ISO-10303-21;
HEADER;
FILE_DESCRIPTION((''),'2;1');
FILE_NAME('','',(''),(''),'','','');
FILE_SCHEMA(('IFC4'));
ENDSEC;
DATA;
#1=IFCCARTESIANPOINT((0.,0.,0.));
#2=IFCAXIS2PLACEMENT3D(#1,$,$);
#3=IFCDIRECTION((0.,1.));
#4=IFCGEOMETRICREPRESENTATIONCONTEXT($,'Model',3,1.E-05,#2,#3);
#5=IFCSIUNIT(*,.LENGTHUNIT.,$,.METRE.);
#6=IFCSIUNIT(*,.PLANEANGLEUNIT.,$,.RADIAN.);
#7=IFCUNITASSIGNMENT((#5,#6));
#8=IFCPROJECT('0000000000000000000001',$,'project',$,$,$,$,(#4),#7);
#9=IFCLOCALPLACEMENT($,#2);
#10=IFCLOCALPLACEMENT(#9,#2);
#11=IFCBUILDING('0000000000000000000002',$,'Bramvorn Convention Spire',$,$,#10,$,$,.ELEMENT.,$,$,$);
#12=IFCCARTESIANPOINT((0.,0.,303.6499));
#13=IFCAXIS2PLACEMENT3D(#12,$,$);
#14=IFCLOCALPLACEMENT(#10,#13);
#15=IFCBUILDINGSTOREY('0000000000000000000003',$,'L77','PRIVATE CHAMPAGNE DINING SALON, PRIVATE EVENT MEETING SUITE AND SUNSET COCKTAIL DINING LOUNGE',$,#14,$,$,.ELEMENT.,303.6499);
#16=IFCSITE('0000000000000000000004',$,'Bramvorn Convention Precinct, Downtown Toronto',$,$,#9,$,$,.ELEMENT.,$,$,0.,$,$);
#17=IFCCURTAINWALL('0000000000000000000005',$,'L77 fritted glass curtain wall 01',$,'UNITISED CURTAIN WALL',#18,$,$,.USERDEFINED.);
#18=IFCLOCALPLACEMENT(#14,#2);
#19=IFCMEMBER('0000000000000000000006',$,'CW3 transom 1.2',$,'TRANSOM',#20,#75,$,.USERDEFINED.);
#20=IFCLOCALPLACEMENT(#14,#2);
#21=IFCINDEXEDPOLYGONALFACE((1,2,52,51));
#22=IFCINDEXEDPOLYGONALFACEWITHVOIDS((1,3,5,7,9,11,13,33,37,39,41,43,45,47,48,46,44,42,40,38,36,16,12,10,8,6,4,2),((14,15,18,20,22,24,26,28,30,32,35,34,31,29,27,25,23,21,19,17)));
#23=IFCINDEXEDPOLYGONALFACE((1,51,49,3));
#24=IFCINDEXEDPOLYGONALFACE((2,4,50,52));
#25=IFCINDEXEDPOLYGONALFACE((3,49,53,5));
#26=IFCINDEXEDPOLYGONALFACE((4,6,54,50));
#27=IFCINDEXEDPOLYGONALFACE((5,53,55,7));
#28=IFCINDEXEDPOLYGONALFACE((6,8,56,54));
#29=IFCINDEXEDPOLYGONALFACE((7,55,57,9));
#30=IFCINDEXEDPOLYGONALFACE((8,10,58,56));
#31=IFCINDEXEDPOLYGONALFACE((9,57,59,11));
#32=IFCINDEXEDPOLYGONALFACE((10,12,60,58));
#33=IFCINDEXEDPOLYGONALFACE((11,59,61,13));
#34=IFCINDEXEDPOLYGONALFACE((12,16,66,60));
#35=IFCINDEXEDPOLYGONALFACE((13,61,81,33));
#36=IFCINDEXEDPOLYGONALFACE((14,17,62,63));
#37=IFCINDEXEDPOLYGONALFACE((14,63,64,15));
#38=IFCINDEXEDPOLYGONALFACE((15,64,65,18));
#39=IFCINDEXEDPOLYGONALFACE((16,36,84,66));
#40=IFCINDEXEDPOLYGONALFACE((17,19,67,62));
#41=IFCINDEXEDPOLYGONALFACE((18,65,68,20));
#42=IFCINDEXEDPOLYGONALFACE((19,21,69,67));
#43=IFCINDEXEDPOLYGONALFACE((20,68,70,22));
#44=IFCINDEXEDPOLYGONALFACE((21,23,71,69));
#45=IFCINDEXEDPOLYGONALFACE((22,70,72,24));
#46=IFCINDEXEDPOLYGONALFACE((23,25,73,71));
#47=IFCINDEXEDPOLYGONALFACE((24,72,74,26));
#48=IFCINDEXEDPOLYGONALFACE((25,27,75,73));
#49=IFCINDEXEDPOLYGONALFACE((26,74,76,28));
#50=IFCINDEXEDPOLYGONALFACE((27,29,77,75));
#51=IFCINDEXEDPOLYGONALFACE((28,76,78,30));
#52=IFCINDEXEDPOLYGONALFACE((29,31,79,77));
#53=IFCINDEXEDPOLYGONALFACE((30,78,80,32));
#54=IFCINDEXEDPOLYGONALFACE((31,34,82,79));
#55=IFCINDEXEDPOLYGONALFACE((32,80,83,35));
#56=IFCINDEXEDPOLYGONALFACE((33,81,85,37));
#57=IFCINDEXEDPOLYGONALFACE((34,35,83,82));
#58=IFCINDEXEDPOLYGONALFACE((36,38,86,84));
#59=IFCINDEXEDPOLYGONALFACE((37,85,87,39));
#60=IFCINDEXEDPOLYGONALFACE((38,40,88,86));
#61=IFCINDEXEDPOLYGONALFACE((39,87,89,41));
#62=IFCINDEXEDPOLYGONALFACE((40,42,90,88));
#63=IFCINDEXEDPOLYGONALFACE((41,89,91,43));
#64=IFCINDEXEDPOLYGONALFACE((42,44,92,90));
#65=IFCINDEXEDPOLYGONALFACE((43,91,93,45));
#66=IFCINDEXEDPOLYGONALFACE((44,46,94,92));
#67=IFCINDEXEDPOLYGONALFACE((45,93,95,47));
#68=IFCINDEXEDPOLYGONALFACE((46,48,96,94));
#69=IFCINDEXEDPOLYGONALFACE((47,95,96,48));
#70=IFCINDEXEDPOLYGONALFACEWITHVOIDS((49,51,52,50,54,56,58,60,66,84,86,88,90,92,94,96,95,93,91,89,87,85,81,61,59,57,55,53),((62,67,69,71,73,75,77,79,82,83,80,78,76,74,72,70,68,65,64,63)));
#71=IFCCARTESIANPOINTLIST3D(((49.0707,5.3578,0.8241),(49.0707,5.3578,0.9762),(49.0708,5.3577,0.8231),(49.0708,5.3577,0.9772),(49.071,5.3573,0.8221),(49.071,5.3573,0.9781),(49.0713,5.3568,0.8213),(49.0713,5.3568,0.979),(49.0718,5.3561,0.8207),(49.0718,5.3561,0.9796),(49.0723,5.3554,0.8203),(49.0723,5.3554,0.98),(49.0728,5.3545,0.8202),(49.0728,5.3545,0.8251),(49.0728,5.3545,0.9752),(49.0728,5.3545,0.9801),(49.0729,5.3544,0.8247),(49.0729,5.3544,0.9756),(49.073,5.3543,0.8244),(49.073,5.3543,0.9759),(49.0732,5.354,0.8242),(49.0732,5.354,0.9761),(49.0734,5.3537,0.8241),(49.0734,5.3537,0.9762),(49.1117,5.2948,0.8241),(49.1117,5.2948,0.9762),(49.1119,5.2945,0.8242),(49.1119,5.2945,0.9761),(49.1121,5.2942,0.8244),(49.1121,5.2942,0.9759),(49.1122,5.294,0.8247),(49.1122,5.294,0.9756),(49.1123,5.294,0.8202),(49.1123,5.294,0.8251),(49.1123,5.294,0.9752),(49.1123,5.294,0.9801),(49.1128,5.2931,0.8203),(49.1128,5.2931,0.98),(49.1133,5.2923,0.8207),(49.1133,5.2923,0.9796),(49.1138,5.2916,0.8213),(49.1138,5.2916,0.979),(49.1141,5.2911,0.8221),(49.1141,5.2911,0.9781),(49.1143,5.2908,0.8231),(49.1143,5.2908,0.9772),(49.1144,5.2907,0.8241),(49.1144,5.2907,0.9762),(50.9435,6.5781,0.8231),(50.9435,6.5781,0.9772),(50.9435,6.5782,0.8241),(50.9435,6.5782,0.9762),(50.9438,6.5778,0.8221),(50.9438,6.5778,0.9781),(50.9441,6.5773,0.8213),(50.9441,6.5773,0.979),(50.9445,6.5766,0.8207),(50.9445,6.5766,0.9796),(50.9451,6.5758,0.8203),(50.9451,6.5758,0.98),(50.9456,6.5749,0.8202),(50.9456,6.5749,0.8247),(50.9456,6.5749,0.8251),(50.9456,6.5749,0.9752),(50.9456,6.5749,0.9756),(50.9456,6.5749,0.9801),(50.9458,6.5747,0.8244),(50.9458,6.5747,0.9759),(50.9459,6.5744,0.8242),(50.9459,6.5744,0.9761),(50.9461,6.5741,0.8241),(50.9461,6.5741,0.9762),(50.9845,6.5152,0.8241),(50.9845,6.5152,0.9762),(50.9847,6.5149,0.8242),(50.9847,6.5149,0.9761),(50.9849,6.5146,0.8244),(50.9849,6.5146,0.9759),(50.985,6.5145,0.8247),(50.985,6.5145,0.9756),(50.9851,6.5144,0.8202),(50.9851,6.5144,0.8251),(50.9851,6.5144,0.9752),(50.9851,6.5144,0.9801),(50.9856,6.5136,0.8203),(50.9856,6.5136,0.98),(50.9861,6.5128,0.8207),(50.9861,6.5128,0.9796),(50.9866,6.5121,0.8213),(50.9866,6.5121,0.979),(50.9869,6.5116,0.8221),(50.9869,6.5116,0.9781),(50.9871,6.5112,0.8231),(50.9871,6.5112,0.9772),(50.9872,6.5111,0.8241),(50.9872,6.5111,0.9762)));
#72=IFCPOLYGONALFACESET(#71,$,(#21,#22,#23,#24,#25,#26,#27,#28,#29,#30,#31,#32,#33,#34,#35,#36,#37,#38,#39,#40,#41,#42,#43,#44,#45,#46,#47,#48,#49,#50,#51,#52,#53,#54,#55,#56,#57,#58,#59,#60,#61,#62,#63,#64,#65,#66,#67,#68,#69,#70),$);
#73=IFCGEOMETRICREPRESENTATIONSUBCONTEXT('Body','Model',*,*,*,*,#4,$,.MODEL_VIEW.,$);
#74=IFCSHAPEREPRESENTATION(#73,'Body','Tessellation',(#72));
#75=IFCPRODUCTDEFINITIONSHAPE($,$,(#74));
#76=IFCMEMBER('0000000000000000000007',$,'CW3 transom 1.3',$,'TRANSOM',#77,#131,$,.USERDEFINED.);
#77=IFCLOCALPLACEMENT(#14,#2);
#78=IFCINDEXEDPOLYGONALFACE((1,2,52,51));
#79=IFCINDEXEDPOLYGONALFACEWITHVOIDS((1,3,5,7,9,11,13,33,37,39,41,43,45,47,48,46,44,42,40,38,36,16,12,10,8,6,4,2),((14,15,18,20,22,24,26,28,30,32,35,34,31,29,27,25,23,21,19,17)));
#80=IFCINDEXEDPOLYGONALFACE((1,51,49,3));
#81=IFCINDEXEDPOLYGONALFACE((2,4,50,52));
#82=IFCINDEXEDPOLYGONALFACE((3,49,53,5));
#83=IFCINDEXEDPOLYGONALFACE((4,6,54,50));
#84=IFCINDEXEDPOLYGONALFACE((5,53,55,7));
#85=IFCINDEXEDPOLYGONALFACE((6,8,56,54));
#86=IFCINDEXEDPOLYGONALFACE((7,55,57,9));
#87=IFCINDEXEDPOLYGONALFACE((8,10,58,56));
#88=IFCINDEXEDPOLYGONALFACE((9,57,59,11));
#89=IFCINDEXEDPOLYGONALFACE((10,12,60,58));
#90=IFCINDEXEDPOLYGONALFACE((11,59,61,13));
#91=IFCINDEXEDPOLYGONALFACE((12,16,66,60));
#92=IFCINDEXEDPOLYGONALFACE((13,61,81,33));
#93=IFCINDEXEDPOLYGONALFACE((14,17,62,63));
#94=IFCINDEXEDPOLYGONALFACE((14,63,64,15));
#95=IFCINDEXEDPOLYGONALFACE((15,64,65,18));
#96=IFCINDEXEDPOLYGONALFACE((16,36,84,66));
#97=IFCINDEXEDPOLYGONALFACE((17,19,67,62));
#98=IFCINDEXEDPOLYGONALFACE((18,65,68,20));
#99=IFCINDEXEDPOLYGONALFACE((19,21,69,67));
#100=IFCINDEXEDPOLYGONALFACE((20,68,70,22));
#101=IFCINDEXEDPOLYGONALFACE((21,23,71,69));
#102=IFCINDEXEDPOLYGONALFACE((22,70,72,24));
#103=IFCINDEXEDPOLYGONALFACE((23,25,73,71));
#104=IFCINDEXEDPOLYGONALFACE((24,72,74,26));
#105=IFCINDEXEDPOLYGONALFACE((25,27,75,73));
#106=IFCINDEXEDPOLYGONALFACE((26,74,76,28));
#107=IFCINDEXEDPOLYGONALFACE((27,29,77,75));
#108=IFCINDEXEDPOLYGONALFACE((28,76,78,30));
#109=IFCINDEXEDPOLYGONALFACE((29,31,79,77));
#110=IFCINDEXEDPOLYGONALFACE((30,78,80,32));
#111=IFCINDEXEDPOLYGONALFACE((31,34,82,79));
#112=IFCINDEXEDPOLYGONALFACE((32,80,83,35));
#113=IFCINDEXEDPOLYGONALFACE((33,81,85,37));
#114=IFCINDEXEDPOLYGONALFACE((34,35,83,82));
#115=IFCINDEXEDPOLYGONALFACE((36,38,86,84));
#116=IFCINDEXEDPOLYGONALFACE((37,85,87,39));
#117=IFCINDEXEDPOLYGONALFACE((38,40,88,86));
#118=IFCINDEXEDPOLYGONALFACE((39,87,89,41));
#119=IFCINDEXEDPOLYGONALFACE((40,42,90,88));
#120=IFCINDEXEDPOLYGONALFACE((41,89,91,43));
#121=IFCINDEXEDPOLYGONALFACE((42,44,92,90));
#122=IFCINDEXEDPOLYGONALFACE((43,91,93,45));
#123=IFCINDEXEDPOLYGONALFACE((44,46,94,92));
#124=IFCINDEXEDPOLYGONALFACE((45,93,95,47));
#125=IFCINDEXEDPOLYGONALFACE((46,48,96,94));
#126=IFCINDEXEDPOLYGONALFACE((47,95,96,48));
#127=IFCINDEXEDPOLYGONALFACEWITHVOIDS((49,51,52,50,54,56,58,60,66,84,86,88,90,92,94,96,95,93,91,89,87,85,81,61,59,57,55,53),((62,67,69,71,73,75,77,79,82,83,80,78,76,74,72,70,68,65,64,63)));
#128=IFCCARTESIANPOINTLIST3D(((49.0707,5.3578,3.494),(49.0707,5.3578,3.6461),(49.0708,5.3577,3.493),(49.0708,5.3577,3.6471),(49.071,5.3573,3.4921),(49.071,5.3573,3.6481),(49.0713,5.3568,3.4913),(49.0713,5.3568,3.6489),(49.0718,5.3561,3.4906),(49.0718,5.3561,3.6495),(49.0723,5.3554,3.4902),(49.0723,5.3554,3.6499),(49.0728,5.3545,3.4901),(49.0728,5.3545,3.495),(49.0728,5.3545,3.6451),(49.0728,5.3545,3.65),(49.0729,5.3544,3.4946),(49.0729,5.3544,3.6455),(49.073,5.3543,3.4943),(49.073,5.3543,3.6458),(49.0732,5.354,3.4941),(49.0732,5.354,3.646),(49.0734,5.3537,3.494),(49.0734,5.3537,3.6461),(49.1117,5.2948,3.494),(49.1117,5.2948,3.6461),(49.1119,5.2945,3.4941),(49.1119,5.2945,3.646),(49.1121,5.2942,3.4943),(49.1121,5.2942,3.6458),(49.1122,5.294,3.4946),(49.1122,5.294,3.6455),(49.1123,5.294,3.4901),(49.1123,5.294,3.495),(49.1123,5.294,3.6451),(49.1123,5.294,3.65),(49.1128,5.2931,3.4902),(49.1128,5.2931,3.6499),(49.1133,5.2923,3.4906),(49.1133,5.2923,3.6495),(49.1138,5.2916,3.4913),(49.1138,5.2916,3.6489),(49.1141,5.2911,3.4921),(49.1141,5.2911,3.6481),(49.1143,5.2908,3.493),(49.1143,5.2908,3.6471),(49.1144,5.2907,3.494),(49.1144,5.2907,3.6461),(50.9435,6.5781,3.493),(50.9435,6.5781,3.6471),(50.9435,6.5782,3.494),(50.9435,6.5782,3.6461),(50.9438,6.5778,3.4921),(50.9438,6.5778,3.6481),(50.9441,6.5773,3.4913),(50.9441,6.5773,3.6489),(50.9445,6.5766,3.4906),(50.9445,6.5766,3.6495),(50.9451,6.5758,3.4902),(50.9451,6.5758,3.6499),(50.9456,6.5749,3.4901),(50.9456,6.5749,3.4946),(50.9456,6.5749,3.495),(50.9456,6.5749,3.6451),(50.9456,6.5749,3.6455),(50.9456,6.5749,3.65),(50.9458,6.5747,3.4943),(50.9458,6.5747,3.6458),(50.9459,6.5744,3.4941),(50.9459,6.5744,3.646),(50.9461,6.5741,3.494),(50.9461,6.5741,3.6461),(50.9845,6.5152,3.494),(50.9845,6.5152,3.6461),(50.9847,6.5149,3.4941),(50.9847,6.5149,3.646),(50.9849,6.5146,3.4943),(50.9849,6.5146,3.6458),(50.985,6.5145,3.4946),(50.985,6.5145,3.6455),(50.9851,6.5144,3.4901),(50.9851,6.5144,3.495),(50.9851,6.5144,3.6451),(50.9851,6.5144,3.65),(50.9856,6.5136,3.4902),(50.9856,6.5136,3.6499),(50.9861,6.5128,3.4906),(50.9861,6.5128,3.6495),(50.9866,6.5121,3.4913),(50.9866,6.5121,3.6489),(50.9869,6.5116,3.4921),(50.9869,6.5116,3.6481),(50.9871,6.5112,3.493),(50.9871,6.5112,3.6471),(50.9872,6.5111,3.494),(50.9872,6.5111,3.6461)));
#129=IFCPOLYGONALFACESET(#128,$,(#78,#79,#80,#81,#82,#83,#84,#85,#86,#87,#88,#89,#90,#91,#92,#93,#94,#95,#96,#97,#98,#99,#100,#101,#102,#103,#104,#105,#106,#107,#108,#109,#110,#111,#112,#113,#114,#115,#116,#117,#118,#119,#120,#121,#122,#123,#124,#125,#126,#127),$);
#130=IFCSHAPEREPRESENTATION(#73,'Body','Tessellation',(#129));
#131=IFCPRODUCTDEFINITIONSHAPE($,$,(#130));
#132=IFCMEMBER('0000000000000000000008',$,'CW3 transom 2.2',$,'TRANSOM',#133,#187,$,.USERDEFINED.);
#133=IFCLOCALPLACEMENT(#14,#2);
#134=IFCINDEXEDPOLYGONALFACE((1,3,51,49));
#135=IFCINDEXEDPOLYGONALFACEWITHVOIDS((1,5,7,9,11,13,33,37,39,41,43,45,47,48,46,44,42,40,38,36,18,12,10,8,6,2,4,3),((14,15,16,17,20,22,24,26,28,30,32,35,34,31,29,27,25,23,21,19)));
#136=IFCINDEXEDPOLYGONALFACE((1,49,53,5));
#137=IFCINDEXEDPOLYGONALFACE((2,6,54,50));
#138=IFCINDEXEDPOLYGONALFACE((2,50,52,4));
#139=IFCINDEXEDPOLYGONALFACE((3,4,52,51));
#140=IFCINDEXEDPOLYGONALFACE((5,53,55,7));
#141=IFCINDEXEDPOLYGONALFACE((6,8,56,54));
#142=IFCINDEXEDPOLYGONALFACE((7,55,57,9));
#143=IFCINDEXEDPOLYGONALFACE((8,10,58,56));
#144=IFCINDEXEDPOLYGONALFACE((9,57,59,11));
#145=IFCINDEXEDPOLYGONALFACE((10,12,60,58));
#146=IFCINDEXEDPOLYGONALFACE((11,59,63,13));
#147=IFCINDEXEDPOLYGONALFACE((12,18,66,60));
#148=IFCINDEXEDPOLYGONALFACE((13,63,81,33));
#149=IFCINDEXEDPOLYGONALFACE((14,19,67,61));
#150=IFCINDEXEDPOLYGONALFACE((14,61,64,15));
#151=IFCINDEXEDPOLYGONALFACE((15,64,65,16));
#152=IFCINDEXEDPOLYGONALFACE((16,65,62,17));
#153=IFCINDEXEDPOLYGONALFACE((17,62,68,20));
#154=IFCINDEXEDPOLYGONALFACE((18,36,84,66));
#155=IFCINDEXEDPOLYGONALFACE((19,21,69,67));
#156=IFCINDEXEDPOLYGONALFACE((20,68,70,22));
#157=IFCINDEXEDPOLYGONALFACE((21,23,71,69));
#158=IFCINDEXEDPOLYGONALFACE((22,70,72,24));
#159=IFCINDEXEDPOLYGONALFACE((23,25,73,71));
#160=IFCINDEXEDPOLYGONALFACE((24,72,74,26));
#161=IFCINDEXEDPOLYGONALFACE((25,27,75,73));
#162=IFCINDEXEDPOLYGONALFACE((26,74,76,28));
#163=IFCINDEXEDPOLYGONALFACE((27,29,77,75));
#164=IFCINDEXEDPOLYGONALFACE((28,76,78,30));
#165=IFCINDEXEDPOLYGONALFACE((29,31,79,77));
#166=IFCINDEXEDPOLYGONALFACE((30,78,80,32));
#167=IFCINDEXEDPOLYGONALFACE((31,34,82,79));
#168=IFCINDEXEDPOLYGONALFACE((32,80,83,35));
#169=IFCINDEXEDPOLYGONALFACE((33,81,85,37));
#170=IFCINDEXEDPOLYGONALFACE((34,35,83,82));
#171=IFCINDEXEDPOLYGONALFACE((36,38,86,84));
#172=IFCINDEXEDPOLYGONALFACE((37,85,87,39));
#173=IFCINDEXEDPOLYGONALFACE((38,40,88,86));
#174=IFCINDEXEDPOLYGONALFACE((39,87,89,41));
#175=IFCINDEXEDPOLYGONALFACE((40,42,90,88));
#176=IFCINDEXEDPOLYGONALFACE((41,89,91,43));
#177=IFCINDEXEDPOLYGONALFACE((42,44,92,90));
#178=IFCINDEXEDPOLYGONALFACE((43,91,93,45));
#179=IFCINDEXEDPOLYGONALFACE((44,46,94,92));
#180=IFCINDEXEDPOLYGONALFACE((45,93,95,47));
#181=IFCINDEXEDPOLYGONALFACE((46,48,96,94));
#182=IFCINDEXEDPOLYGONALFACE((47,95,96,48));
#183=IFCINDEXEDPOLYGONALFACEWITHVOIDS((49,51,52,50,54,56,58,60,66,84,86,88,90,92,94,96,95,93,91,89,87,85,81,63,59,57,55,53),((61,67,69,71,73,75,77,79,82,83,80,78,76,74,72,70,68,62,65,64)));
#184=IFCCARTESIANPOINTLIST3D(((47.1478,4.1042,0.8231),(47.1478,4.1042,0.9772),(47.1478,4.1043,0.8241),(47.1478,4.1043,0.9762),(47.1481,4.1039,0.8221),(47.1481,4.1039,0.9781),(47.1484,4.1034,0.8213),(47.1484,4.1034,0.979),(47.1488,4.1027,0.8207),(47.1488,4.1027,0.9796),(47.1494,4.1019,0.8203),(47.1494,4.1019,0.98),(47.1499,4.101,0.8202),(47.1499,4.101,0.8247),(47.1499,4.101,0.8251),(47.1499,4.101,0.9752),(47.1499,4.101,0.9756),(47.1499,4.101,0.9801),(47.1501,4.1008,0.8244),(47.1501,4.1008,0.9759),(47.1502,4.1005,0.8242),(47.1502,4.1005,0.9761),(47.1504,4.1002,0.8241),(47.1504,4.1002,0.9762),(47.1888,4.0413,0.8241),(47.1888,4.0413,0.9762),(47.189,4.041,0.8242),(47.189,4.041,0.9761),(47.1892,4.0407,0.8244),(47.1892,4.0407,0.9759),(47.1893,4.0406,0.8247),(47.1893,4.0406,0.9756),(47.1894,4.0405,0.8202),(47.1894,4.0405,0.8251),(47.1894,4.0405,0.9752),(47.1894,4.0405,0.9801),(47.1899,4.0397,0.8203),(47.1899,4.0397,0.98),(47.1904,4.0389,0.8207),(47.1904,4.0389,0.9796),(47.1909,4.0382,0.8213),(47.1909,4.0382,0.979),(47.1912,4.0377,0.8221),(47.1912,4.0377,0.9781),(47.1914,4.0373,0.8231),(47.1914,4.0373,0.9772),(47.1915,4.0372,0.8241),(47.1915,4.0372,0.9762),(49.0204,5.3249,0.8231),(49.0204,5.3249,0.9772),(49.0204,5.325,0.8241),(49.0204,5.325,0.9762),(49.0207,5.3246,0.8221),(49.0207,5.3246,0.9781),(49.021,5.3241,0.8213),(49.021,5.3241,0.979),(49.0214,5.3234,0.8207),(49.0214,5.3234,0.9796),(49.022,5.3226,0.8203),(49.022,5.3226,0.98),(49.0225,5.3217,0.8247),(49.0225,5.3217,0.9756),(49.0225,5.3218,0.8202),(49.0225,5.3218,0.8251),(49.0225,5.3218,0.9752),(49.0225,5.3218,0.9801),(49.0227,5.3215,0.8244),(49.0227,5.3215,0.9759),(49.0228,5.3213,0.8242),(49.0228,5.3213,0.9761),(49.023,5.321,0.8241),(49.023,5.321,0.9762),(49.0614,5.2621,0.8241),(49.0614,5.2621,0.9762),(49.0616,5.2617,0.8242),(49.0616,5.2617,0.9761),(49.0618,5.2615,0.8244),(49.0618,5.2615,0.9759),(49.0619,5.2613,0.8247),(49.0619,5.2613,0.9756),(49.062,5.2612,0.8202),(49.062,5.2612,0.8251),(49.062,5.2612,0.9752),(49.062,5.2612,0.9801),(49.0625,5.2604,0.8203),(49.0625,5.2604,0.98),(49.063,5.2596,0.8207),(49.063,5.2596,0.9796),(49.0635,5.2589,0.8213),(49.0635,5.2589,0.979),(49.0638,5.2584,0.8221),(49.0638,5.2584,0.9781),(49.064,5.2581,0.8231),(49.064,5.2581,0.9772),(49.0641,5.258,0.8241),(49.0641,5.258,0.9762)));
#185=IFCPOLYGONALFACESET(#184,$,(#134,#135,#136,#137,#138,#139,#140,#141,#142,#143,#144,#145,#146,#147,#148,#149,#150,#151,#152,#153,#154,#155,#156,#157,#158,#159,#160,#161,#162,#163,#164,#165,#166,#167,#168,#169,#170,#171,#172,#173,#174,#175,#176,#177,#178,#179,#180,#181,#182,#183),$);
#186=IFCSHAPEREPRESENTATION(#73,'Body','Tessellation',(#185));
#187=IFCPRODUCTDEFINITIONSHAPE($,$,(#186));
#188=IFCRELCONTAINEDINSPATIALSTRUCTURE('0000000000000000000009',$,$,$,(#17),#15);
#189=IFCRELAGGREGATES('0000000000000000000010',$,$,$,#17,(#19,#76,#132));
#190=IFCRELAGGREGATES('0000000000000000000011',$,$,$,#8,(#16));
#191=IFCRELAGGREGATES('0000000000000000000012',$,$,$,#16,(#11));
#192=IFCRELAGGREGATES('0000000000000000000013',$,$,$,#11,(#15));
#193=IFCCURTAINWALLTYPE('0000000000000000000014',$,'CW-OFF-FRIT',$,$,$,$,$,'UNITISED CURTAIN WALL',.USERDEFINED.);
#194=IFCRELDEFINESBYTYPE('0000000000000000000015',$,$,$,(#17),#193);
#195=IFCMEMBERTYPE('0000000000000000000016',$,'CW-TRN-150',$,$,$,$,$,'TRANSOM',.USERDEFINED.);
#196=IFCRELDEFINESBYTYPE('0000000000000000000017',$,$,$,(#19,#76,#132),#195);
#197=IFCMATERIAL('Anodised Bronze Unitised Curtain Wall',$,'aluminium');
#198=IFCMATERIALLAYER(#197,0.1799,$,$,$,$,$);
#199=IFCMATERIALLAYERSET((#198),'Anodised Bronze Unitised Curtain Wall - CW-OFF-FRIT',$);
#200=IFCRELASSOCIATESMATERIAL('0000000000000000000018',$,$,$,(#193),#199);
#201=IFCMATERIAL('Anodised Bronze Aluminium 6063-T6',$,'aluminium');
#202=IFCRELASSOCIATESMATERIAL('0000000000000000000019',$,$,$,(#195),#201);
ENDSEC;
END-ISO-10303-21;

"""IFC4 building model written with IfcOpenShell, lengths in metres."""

from ifc_helpers import new_model, si_unit, direction, frame, origin, origin_2d, place, context, subcontext, project, spatial, hollow_rectangle, extrude, material, layer, layer_set, material_profile, profile_set, type_object, element, aggregate, save


model = new_model("IFC4")

# Units and contexts
model_context = context("Model", 3, precision=1e-05, world=origin(), true_north=direction((0.0, 1.0)))
body_context = subcontext(model_context, "Body", "Model", "MODEL_VIEW")
ifc_project = project(units=[si_unit("LENGTHUNIT", "METRE"), si_unit("PLANEANGLEUNIT", "RADIAN")], contexts=[model_context])

# Site, building, storey
site_placement = place(None, origin())
site = spatial("IfcSite", under=ifc_project, at=site_placement, Name="Bramvorn Convention Precinct, Downtown Toronto", CompositionType="ELEMENT", RefElevation=0.0)
building_placement = place(site_placement, origin())
building = spatial("IfcBuilding", under=site, at=building_placement, Name="Bramvorn Convention Spire", CompositionType="ELEMENT")
storey_placement = place(building_placement, frame((0.0, 0.0, 303.6499)))
storey = spatial("IfcBuildingStorey", under=building, at=storey_placement, Name="L77", Description="PRIVATE CHAMPAGNE DINING SALON, PRIVATE EVENT MEETING SUITE AND SUNSET COCKTAIL DINING LOUNGE", CompositionType="ELEMENT", Elevation=303.6499)

# Curtain wall, members
ifc_material_1 = material(Name="Anodised Bronze Unitised Curtain Wall", Category="aluminium")
ifc_layer_1 = layer(ifc_material_1, 0.1799)
ifc_layer_set_1 = layer_set([ifc_layer_1], Name="Anodised Bronze Unitised Curtain Wall - CW-OFF-FRIT")
curtain_wall_type = type_object("IfcCurtainWallType", Name="CW-OFF-FRIT", ElementType="UNITISED CURTAIN WALL", PredefinedType="USERDEFINED", material=ifc_layer_set_1)
curtain_wall_placement = place(storey_placement, origin())
curtain_wall = element("IfcCurtainWall", 1, at=curtain_wall_placement, inside=storey, type_object=curtain_wall_type, Name="L77 fritted glass curtain wall 01", ObjectType="UNITISED CURTAIN WALL", PredefinedType="USERDEFINED")
ifc_material_2 = material(Name="Anodised Bronze Aluminium 6063-T6", Category="aluminium")
ifc_material_profile_1 = material_profile(ifc_material_2, hollow_rectangle(XDim=0.0801, YDim=0.1599, WallThickness=0.0039, InnerFilletRadius=0.001, OuterFilletRadius=0.0039, at=origin_2d()))
ifc_profile_set_1 = profile_set([ifc_material_profile_1], Name="Anodised Bronze Aluminium 6063-T6 - CWT80X160")
member_type_1 = type_object("IfcMemberType", Name="CW-TRN-150", ElementType="TRANSOM", PredefinedType="USERDEFINED", material=ifc_profile_set_1)
member_1_placement = place(storey_placement, frame((50.9653, 6.5447, 0.9001), z_axis=(-0.837802, -0.545975, 0.0), x_axis=(0.545975, -0.837802, 0.0)))
member_1 = element("IfcMember", 2, at=member_1_placement, type_object=member_type_1, Name="CW3 transom 1.2", ObjectType="TRANSOM", PredefinedType="USERDEFINED", context=body_context, shape_type="SweptSolid", body=[
    extrude(hollow_rectangle(XDim=0.0801, YDim=0.1599, WallThickness=0.0039, InnerFilletRadius=0.001, OuterFilletRadius=0.0039, at=origin_2d()), origin(), (0.0, 0.0, 1.0), 2.2354),
])
member_2_placement = place(storey_placement, frame((50.9653, 6.5447, 3.5701), z_axis=(-0.837802, -0.545975, 0.0), x_axis=(0.545975, -0.837802, 0.0)))
member_2 = element("IfcMember", 3, at=member_2_placement, type_object=member_type_1, Name="CW3 transom 1.3", ObjectType="TRANSOM", PredefinedType="USERDEFINED", context=body_context, shape_type="SweptSolid", body=[
    extrude(hollow_rectangle(XDim=0.0801, YDim=0.1599, WallThickness=0.0039, InnerFilletRadius=0.001, OuterFilletRadius=0.0039, at=origin_2d()), origin(), (0.0, 0.0, 1.0), 2.2354),
])
member_3_placement = place(storey_placement, frame((49.0422, 5.2915, 0.9001), z_axis=(-0.837719, -0.546101, 0.0), x_axis=(0.546101, -0.837719, 0.0)))
member_3 = element("IfcMember", 4, at=member_3_placement, type_object=member_type_1, Name="CW3 transom 2.2", ObjectType="TRANSOM", PredefinedType="USERDEFINED", context=body_context, shape_type="SweptSolid", body=[
    extrude(hollow_rectangle(XDim=0.0801, YDim=0.1599, WallThickness=0.0039, InnerFilletRadius=0.001, OuterFilletRadius=0.0039, at=origin_2d()), origin(), (0.0, 0.0, 1.0), 2.2354),
])

aggregate(curtain_wall, [member_1, member_2, member_3])

save(model, "model.ifc")
